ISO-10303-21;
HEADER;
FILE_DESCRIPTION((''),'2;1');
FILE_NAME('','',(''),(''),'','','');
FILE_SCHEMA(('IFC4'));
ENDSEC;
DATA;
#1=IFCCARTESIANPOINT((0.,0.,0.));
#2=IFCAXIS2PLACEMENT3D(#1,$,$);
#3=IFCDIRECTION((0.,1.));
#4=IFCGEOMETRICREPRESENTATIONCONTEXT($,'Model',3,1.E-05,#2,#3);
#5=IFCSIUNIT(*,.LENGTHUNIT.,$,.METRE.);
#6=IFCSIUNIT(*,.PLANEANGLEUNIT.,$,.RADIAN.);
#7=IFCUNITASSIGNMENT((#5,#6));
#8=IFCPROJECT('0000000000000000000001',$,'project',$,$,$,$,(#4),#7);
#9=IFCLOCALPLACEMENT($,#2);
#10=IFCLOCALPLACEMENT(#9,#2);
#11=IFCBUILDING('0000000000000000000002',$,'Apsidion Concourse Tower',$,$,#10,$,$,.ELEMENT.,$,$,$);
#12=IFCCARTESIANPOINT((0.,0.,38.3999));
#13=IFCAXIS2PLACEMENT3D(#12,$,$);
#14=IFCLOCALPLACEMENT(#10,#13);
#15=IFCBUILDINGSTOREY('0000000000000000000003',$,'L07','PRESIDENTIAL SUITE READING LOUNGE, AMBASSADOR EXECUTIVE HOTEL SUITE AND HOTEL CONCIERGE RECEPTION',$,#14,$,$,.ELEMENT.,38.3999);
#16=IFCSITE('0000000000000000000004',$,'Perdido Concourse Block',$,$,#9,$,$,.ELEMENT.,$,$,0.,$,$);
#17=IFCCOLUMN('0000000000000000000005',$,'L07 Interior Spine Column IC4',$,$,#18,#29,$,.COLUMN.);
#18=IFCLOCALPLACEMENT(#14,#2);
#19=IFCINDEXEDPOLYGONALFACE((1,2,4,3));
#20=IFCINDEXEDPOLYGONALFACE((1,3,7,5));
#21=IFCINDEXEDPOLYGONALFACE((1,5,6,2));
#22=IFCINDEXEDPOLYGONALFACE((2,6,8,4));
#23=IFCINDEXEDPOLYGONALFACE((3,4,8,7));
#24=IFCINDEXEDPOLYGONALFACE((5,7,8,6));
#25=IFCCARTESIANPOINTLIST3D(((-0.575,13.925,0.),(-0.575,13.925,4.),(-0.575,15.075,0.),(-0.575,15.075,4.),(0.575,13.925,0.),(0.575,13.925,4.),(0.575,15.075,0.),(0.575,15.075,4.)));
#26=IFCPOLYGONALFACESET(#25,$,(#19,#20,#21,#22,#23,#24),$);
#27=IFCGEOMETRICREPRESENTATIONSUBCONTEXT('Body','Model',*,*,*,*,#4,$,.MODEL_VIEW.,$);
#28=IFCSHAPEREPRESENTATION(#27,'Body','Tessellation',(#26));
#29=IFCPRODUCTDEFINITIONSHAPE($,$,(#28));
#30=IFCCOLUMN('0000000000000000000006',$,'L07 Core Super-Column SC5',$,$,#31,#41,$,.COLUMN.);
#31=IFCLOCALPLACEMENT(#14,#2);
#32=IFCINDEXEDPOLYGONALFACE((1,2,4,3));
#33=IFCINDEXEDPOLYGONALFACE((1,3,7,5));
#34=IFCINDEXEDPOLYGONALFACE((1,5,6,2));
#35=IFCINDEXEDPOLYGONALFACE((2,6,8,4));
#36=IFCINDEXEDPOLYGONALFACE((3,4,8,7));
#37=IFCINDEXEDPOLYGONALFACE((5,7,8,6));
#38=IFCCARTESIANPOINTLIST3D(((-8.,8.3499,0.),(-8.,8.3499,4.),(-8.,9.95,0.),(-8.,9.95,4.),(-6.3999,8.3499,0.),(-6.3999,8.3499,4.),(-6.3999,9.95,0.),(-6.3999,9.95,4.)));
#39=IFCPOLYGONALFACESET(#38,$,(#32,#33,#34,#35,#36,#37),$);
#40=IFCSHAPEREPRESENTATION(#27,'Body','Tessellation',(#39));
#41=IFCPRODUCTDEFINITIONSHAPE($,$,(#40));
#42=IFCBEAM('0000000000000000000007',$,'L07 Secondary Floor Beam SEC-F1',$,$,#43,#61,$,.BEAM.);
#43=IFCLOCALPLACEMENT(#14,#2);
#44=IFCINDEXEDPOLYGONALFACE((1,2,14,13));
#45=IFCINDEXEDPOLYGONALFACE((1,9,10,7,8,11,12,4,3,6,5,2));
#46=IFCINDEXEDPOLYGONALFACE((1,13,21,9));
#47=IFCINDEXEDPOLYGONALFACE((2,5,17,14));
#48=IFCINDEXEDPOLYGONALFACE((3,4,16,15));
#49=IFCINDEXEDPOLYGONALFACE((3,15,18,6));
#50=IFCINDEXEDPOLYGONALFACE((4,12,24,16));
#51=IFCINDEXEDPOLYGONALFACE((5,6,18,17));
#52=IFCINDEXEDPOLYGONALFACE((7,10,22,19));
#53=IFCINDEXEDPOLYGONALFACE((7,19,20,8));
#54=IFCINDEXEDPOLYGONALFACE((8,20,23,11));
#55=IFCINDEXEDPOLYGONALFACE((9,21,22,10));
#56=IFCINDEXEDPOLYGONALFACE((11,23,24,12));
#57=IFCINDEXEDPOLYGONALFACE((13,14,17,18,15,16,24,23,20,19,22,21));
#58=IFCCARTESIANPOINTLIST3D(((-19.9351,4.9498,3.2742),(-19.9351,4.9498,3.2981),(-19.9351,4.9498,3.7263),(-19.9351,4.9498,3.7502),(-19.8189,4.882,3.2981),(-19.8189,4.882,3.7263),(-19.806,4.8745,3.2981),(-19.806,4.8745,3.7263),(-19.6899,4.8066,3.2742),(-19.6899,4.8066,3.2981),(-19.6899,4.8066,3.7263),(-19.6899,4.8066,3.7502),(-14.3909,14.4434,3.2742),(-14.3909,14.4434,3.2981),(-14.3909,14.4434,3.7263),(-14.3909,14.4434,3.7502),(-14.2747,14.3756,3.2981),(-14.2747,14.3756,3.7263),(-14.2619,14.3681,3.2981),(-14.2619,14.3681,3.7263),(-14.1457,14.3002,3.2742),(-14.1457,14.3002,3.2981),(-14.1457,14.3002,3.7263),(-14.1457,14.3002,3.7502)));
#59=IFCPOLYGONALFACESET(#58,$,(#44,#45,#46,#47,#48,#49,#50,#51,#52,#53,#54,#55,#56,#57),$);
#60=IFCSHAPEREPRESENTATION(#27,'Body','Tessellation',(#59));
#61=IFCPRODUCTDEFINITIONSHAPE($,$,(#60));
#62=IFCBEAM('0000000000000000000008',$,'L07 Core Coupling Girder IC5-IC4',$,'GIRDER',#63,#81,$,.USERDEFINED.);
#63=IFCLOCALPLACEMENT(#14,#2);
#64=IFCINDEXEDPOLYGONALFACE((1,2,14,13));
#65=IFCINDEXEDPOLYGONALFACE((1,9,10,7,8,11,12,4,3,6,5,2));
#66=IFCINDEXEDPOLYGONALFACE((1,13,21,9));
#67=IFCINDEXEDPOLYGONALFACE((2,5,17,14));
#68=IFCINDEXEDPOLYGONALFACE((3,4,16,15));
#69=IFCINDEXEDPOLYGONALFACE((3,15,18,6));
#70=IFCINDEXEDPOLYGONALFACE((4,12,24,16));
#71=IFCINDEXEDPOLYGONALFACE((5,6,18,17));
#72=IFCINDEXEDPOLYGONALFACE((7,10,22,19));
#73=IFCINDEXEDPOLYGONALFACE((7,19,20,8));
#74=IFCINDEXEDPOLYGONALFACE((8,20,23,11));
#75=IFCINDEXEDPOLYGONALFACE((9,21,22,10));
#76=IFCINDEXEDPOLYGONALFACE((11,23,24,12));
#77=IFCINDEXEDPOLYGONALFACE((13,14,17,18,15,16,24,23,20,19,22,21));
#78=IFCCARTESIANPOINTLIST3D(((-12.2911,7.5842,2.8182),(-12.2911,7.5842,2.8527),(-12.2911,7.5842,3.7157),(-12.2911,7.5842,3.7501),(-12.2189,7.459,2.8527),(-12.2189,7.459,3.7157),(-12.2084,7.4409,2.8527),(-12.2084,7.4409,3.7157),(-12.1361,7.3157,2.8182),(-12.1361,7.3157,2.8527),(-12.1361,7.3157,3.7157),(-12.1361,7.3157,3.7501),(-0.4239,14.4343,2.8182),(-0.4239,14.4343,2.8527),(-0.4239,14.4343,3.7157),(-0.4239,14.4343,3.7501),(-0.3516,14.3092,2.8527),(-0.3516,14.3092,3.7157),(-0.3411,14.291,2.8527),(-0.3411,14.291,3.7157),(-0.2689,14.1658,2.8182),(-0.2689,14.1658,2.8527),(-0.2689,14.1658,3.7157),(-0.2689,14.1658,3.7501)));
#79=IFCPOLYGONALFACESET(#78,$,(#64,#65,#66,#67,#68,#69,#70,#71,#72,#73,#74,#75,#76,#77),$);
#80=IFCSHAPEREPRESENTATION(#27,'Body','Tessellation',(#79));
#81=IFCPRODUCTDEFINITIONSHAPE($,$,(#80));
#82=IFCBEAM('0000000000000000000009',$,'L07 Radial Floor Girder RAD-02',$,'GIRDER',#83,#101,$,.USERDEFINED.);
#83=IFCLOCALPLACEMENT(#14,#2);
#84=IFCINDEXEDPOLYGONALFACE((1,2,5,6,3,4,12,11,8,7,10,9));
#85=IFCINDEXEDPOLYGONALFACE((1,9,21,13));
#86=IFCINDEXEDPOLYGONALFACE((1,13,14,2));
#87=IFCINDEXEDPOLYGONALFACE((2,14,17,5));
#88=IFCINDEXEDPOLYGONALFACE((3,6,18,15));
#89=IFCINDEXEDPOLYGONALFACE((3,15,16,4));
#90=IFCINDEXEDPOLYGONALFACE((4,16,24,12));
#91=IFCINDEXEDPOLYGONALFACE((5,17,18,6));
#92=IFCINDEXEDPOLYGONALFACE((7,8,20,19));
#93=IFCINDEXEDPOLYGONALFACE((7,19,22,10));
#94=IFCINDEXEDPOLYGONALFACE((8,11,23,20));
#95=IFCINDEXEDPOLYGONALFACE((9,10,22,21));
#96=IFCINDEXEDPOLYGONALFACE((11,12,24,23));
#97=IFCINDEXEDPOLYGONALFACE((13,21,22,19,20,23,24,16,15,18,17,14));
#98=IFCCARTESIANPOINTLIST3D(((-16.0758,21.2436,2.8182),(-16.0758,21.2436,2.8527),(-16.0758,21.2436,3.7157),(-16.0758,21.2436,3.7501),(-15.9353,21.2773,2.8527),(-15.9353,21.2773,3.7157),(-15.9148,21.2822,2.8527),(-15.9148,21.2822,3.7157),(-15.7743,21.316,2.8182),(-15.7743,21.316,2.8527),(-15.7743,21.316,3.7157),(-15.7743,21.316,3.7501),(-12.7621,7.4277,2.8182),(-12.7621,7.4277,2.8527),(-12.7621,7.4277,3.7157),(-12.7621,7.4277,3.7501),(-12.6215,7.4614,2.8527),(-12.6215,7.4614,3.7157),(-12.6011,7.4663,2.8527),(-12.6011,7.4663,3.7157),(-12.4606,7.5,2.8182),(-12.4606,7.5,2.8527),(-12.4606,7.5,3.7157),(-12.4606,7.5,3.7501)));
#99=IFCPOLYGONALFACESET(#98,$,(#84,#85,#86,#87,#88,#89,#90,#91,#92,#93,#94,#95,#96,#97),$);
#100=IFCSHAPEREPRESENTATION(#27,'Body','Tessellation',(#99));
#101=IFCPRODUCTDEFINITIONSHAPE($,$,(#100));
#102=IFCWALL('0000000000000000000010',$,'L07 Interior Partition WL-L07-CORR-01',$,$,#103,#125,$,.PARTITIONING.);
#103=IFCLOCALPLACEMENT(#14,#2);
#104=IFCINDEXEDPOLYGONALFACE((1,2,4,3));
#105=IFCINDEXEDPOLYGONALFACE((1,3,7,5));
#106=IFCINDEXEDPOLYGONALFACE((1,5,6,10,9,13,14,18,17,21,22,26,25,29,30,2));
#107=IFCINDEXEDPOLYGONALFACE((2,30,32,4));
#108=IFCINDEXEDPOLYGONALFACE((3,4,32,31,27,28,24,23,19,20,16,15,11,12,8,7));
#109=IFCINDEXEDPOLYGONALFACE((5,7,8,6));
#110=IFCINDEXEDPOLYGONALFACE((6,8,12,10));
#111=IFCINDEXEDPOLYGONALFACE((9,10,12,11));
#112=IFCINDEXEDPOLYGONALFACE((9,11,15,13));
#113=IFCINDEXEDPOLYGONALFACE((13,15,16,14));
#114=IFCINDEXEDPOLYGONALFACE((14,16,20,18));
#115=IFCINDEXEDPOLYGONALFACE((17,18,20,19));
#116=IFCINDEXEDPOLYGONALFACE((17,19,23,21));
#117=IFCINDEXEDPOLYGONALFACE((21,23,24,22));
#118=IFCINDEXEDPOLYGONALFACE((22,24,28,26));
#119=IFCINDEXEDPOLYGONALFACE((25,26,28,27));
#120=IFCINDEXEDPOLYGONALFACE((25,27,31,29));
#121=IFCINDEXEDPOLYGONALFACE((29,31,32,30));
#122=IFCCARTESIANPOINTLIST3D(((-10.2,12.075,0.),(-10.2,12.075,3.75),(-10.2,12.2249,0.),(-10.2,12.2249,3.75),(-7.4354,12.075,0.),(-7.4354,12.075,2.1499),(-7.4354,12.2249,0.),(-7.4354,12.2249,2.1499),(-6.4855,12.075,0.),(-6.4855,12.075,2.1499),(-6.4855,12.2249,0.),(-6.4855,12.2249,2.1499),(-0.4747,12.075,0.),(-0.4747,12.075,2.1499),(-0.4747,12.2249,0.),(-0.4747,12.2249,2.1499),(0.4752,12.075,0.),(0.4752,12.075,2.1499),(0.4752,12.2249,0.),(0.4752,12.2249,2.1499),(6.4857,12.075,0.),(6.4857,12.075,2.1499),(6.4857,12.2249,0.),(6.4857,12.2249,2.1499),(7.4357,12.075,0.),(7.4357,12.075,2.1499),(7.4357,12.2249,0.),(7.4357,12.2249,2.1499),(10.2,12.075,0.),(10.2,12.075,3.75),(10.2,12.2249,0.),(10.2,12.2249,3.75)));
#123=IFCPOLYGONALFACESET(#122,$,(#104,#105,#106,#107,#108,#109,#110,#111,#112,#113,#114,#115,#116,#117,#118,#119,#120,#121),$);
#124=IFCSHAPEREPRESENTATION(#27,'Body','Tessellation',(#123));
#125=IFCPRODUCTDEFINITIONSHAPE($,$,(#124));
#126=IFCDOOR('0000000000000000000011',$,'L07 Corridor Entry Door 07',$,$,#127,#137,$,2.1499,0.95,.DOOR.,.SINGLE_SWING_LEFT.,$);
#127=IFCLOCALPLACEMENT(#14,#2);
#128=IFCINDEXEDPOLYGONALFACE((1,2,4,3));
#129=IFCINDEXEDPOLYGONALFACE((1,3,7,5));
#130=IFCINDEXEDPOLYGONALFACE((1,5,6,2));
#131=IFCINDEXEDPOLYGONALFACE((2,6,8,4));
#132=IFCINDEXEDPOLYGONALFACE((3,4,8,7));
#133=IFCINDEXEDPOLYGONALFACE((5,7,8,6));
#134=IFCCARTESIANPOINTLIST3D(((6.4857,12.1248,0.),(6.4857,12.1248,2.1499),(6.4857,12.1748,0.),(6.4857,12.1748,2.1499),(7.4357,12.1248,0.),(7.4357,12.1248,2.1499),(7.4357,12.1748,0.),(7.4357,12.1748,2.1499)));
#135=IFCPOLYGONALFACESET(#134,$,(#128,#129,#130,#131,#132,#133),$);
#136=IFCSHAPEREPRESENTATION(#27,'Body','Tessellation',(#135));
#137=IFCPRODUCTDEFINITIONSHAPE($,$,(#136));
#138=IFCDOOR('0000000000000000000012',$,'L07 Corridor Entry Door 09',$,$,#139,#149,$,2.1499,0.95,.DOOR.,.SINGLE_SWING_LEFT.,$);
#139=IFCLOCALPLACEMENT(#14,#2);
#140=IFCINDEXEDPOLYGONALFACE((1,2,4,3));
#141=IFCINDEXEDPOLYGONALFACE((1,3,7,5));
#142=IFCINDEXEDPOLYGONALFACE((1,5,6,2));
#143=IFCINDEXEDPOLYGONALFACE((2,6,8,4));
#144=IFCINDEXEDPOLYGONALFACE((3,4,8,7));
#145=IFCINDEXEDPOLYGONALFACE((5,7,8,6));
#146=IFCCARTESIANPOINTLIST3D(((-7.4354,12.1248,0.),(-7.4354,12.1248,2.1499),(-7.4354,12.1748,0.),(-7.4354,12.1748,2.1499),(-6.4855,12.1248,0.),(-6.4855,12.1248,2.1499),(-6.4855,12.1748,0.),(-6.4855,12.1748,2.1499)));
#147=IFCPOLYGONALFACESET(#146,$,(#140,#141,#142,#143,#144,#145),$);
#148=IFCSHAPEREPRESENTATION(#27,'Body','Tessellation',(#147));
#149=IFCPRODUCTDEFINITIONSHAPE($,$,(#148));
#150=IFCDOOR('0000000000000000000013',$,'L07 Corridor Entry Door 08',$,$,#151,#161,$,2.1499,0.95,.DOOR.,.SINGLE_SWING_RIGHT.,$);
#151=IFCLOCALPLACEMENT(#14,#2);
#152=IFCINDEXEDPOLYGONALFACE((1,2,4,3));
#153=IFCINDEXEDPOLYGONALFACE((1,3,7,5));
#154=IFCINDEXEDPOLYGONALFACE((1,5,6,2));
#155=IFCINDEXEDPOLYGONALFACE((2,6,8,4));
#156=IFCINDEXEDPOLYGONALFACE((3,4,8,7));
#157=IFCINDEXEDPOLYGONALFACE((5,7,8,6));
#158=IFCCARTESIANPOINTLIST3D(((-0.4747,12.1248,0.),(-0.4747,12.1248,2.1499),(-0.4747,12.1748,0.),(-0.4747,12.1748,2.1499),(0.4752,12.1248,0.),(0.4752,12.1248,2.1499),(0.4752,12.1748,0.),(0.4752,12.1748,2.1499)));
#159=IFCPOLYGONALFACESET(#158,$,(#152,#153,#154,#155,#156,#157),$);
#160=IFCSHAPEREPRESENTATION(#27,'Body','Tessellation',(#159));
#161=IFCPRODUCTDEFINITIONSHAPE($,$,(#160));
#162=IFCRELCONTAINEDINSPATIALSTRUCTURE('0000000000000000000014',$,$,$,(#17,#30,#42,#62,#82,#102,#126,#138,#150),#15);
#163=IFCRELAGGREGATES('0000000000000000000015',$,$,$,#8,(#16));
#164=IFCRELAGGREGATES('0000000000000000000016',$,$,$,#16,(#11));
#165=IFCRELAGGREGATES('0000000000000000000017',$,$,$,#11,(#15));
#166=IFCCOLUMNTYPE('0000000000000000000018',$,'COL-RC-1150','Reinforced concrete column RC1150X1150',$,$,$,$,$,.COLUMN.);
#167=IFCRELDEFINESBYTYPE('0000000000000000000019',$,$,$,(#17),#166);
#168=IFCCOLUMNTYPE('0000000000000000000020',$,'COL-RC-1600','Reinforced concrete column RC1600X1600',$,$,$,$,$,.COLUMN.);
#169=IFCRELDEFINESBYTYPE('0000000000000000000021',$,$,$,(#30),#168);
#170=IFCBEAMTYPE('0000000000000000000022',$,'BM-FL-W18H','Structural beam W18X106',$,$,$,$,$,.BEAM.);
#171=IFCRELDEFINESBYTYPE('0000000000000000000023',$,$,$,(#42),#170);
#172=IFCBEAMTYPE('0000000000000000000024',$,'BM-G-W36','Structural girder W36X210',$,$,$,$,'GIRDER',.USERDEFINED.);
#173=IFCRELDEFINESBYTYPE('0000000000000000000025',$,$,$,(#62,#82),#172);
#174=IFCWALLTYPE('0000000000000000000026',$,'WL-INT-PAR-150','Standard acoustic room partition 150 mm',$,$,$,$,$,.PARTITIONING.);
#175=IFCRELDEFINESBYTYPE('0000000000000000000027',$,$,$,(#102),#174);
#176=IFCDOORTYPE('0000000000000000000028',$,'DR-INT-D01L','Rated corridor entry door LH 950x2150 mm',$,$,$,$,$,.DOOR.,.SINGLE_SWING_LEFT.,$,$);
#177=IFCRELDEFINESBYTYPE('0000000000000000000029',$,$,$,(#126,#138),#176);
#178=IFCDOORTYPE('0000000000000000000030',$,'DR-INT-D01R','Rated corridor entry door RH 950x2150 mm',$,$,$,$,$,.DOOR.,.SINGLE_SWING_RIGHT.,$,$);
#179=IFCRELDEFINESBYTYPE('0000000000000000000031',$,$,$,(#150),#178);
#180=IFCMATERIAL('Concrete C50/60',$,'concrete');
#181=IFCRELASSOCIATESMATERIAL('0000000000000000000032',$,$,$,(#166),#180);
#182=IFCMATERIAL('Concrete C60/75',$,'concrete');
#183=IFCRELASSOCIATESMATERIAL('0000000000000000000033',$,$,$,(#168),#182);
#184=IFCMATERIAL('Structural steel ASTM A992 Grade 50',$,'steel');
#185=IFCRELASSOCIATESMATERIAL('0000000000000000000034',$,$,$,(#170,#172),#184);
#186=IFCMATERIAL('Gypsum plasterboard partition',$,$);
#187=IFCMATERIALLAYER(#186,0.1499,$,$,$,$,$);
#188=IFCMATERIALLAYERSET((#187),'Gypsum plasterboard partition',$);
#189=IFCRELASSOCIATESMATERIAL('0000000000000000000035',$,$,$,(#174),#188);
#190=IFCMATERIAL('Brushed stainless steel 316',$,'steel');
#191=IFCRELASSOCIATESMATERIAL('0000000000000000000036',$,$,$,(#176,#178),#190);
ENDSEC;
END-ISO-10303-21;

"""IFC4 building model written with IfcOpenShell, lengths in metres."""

from ifc_helpers import new_model, si_unit, direction, frame, frame_2d, origin, origin_2d, place, context, subcontext, project, spatial, rectangle, i_section, extrude, material, layer, layer_set, material_profile, profile_set, type_object, element, fill, save


model = new_model("IFC4")

# Units and contexts
model_context = context("Model", 3, precision=1e-05, world=origin(), true_north=direction((0.0, 1.0)))
body_context = subcontext(model_context, "Body", "Model", "MODEL_VIEW")
ifc_project = project(units=[si_unit("LENGTHUNIT", "METRE"), si_unit("PLANEANGLEUNIT", "RADIAN")], contexts=[model_context])

# Site, building, storey
site_placement = place(None, origin())
site = spatial("IfcSite", under=ifc_project, at=site_placement, Name="Perdido Concourse Block", CompositionType="ELEMENT", RefElevation=0.0)
building_placement = place(site_placement, origin())
building = spatial("IfcBuilding", under=site, at=building_placement, Name="Apsidion Concourse Tower", CompositionType="ELEMENT")
storey_placement = place(building_placement, frame((0.0, 0.0, 38.3999)))
storey = spatial("IfcBuildingStorey", under=building, at=storey_placement, Name="L07", Description="PRESIDENTIAL SUITE READING LOUNGE, AMBASSADOR EXECUTIVE HOTEL SUITE AND HOTEL CONCIERGE RECEPTION", CompositionType="ELEMENT", Elevation=38.3999)

# Columns
ifc_material_1 = material(Name="Concrete C50/60", Category="concrete")
ifc_material_profile_1 = material_profile(ifc_material_1, rectangle(XDim=1.1499, YDim=1.1499, at=origin_2d()), Name="RC 1150x1150")
ifc_profile_set_1 = profile_set([ifc_material_profile_1], Name="Concrete C50/60")
column_type_1 = type_object("IfcColumnType", Name="COL-RC-1150", Description="Reinforced concrete column RC1150X1150", PredefinedType="COLUMN", material=ifc_profile_set_1)
column_1_placement = place(storey_placement, frame((0.0, 14.5, 0.0), z_axis=(0.0, 0.0, 1.0), x_axis=(1.0, 0.0, 0.0)))
element("IfcColumn", 1, at=column_1_placement, inside=storey, type_object=column_type_1, Name="L07 Interior Spine Column IC4", PredefinedType="COLUMN", context=body_context, shape_type="SweptSolid", body=[
    extrude(rectangle(XDim=1.1499, YDim=1.1499, at=origin_2d()), origin(), (0.0, 0.0, 1.0), 4.0),
])
ifc_material_2 = material(Name="Concrete C60/75", Category="concrete")
ifc_material_profile_2 = material_profile(ifc_material_2, rectangle(XDim=1.6001, YDim=1.6001, at=origin_2d()), Name="RC 1600x1600")
ifc_profile_set_2 = profile_set([ifc_material_profile_2], Name="Concrete C60/75")
column_type_2 = type_object("IfcColumnType", Name="COL-RC-1600", Description="Reinforced concrete column RC1600X1600", PredefinedType="COLUMN", material=ifc_profile_set_2)
column_2_placement = place(storey_placement, frame((-7.2, 9.1499, 0.0), z_axis=(0.0, 0.0, 1.0), x_axis=(1.0, 0.0, 0.0)))
element("IfcColumn", 2, at=column_2_placement, inside=storey, type_object=column_type_2, Name="L07 Core Super-Column SC5", PredefinedType="COLUMN", context=body_context, shape_type="SweptSolid", body=[
    extrude(rectangle(XDim=1.6001, YDim=1.6001, at=origin_2d()), origin(), (0.0, 0.0, 1.0), 4.0),
])

# Beams
ifc_material_3 = material(Name="Structural steel ASTM A992 Grade 50", Category="steel")
ifc_material_profile_3 = material_profile(ifc_material_3, i_section(OverallWidth=0.2839, OverallDepth=0.4761, WebThickness=0.0149, FlangeThickness=0.0239, at=origin_2d()), Name="W18X106")
ifc_profile_set_3 = profile_set([ifc_material_profile_3], Name="Structural steel ASTM A992 Grade 50")
beam_type_1 = type_object("IfcBeamType", Name="BM-FL-W18H", Description="Structural beam W18X106", PredefinedType="BEAM", material=ifc_profile_set_3)
beam_1_placement = place(storey_placement, frame((-14.2683, 14.3718, 3.5122), z_axis=(-0.504293, -0.863532, 0.0), x_axis=(0.863532, -0.504293, 0.0)))
element("IfcBeam", 3, at=beam_1_placement, inside=storey, type_object=beam_type_1, Name="L07 Secondary Floor Beam SEC-F1", PredefinedType="BEAM", context=body_context, shape_type="SweptSolid", body=[
    extrude(i_section(OverallWidth=0.2839, OverallDepth=0.4761, WebThickness=0.0149, FlangeThickness=0.0239, at=origin_2d()), origin(), (0.0, 0.0, 1.0), 10.9939),
])
ifc_material_profile_4 = material_profile(ifc_material_3, i_section(OverallWidth=0.3101, OverallDepth=0.9319, WebThickness=0.021, FlangeThickness=0.0344, at=origin_2d()), Name="W36X210")
ifc_profile_set_4 = profile_set([ifc_material_profile_4], Name="Structural steel ASTM A992 Grade 50")
beam_type_2 = type_object("IfcBeamType", Name="BM-G-W36", Description="Structural girder W36X210", ElementType="GIRDER", PredefinedType="USERDEFINED", material=ifc_profile_set_4)
beam_2_placement = place(storey_placement, frame((-12.2136, 7.45, 3.2842), z_axis=(0.86607, 0.499922, 0.0), x_axis=(-0.499922, 0.86607, 0.0)))
element("IfcBeam", 4, at=beam_2_placement, inside=storey, type_object=beam_type_2, Name="L07 Core Coupling Girder IC5-IC4", ObjectType="GIRDER", PredefinedType="USERDEFINED", context=body_context, shape_type="SweptSolid", body=[
    extrude(i_section(OverallWidth=0.3101, OverallDepth=0.9319, WebThickness=0.021, FlangeThickness=0.0344, at=origin_2d()), origin(), (0.0, 0.0, 1.0), 13.7024),
])
beam_3_placement = place(storey_placement, frame((-12.6113, 7.4639, 3.2842), z_axis=(-0.233233, 0.972421, 0.0), x_axis=(-0.972421, -0.233233, 0.0)))
element("IfcBeam", 5, at=beam_3_placement, inside=storey, type_object=beam_type_2, Name="L07 Radial Floor Girder RAD-02", ObjectType="GIRDER", PredefinedType="USERDEFINED", context=body_context, shape_type="SweptSolid", body=[
    extrude(i_section(OverallWidth=0.3101, OverallDepth=0.9319, WebThickness=0.021, FlangeThickness=0.0344, at=origin_2d()), origin(), (0.0, 0.0, 1.0), 14.2078),
])

# Wall, openings, doors
ifc_material_4 = material(Name="Gypsum plasterboard partition")
ifc_layer_1 = layer(ifc_material_4, 0.1499)
ifc_layer_set_1 = layer_set([ifc_layer_1], Name="Gypsum plasterboard partition")
wall_type_1 = type_object("IfcWallType", Name="WL-INT-PAR-150", Description="Standard acoustic room partition 150 mm", PredefinedType="PARTITIONING", material=ifc_layer_set_1)
wall_1_placement = place(storey_placement, frame((-10.2, 12.1499, 0.0), z_axis=(0.0, 0.0, 1.0), x_axis=(1.0, 0.0, 0.0)))
wall_1 = element("IfcWall", 6, at=wall_1_placement, inside=storey, type_object=wall_type_1, Name="L07 Interior Partition WL-L07-CORR-01", PredefinedType="PARTITIONING", context=body_context, shape_type="SweptSolid", body=[
    extrude(rectangle(XDim=20.3999, YDim=0.1499, at=frame_2d((10.2, 0.0))), origin(), (0.0, 0.0, 1.0), 3.75),
])
opening_1_placement = place(wall_1_placement, frame((16.6855, 0.0, 0.0)))
opening_1 = element("IfcOpeningElement", 7, at=opening_1_placement, cuts=wall_1, PredefinedType="OPENING", context=body_context, shape_type="SweptSolid", body=[
    extrude(rectangle(XDim=0.95, YDim=2.1499, at=frame_2d((0.4751, 1.075))), frame((0.0, 0.085, 0.0), z_axis=(0.0, -1.0, 0.0), x_axis=(1.0, 0.0, 0.0)), (0.0, 0.0, 1.0), 0.1699),
])
opening_2_placement = place(wall_1_placement, frame((9.7251, 0.0, 0.0)))
opening_2 = element("IfcOpeningElement", 8, at=opening_2_placement, cuts=wall_1, PredefinedType="OPENING", context=body_context, shape_type="SweptSolid", body=[
    extrude(rectangle(XDim=0.95, YDim=2.1499, at=frame_2d((0.4751, 1.075))), frame((0.0, 0.085, 0.0), z_axis=(0.0, -1.0, 0.0), x_axis=(1.0, 0.0, 0.0)), (0.0, 0.0, 1.0), 0.1699),
])
opening_3_placement = place(wall_1_placement, frame((2.7644, 0.0, 0.0)))
opening_3 = element("IfcOpeningElement", 9, at=opening_3_placement, cuts=wall_1, PredefinedType="OPENING", context=body_context, shape_type="SweptSolid", body=[
    extrude(rectangle(XDim=0.95, YDim=2.1499, at=frame_2d((0.4751, 1.075))), frame((0.0, 0.085, 0.0), z_axis=(0.0, -1.0, 0.0), x_axis=(1.0, 0.0, 0.0)), (0.0, 0.0, 1.0), 0.1699),
])
ifc_material_5 = material(Name="Brushed stainless steel 316", Category="steel")
door_type_1 = type_object("IfcDoorType", Name="DR-INT-D01L", Description="Rated corridor entry door LH 950x2150 mm", OperationType="SINGLE_SWING_LEFT", PredefinedType="DOOR", material=ifc_material_5)
door_1_placement = place(opening_1_placement, origin())
door_1 = element("IfcDoor", 10, at=door_1_placement, inside=storey, type_object=door_type_1, Name="L07 Corridor Entry Door 07", OperationType="SINGLE_SWING_LEFT", OverallHeight=2.1499, OverallWidth=0.95, PredefinedType="DOOR", context=body_context, shape_type="SweptSolid", body=[
    extrude(rectangle(XDim=0.95, YDim=2.1499, at=frame_2d((0.4751, 1.075))), frame((0.0, 0.0249, 0.0), z_axis=(0.0, -1.0, 0.0), x_axis=(1.0, 0.0, 0.0)), (0.0, 0.0, 1.0), 0.05),
])
fill(opening_1, door_1)
door_2_placement = place(opening_3_placement, origin())
door_2 = element("IfcDoor", 11, at=door_2_placement, inside=storey, type_object=door_type_1, Name="L07 Corridor Entry Door 09", OperationType="SINGLE_SWING_LEFT", OverallHeight=2.1499, OverallWidth=0.95, PredefinedType="DOOR", context=body_context, shape_type="SweptSolid", body=[
    extrude(rectangle(XDim=0.95, YDim=2.1499, at=frame_2d((0.4751, 1.075))), frame((0.0, 0.0249, 0.0), z_axis=(0.0, -1.0, 0.0), x_axis=(1.0, 0.0, 0.0)), (0.0, 0.0, 1.0), 0.05),
])
fill(opening_3, door_2)
door_type_2 = type_object("IfcDoorType", Name="DR-INT-D01R", Description="Rated corridor entry door RH 950x2150 mm", OperationType="SINGLE_SWING_RIGHT", PredefinedType="DOOR", material=ifc_material_5)
door_3_placement = place(opening_2_placement, origin())
door_3 = element("IfcDoor", 12, at=door_3_placement, inside=storey, type_object=door_type_2, Name="L07 Corridor Entry Door 08", OperationType="SINGLE_SWING_RIGHT", OverallHeight=2.1499, OverallWidth=0.95, PredefinedType="DOOR", context=body_context, shape_type="SweptSolid", body=[
    extrude(rectangle(XDim=0.95, YDim=2.1499, at=frame_2d((0.4751, 1.075))), frame((0.0, 0.0249, 0.0), z_axis=(0.0, -1.0, 0.0), x_axis=(1.0, 0.0, 0.0)), (0.0, 0.0, 1.0), 0.05),
])
fill(opening_2, door_3)

save(model, "model.ifc")
